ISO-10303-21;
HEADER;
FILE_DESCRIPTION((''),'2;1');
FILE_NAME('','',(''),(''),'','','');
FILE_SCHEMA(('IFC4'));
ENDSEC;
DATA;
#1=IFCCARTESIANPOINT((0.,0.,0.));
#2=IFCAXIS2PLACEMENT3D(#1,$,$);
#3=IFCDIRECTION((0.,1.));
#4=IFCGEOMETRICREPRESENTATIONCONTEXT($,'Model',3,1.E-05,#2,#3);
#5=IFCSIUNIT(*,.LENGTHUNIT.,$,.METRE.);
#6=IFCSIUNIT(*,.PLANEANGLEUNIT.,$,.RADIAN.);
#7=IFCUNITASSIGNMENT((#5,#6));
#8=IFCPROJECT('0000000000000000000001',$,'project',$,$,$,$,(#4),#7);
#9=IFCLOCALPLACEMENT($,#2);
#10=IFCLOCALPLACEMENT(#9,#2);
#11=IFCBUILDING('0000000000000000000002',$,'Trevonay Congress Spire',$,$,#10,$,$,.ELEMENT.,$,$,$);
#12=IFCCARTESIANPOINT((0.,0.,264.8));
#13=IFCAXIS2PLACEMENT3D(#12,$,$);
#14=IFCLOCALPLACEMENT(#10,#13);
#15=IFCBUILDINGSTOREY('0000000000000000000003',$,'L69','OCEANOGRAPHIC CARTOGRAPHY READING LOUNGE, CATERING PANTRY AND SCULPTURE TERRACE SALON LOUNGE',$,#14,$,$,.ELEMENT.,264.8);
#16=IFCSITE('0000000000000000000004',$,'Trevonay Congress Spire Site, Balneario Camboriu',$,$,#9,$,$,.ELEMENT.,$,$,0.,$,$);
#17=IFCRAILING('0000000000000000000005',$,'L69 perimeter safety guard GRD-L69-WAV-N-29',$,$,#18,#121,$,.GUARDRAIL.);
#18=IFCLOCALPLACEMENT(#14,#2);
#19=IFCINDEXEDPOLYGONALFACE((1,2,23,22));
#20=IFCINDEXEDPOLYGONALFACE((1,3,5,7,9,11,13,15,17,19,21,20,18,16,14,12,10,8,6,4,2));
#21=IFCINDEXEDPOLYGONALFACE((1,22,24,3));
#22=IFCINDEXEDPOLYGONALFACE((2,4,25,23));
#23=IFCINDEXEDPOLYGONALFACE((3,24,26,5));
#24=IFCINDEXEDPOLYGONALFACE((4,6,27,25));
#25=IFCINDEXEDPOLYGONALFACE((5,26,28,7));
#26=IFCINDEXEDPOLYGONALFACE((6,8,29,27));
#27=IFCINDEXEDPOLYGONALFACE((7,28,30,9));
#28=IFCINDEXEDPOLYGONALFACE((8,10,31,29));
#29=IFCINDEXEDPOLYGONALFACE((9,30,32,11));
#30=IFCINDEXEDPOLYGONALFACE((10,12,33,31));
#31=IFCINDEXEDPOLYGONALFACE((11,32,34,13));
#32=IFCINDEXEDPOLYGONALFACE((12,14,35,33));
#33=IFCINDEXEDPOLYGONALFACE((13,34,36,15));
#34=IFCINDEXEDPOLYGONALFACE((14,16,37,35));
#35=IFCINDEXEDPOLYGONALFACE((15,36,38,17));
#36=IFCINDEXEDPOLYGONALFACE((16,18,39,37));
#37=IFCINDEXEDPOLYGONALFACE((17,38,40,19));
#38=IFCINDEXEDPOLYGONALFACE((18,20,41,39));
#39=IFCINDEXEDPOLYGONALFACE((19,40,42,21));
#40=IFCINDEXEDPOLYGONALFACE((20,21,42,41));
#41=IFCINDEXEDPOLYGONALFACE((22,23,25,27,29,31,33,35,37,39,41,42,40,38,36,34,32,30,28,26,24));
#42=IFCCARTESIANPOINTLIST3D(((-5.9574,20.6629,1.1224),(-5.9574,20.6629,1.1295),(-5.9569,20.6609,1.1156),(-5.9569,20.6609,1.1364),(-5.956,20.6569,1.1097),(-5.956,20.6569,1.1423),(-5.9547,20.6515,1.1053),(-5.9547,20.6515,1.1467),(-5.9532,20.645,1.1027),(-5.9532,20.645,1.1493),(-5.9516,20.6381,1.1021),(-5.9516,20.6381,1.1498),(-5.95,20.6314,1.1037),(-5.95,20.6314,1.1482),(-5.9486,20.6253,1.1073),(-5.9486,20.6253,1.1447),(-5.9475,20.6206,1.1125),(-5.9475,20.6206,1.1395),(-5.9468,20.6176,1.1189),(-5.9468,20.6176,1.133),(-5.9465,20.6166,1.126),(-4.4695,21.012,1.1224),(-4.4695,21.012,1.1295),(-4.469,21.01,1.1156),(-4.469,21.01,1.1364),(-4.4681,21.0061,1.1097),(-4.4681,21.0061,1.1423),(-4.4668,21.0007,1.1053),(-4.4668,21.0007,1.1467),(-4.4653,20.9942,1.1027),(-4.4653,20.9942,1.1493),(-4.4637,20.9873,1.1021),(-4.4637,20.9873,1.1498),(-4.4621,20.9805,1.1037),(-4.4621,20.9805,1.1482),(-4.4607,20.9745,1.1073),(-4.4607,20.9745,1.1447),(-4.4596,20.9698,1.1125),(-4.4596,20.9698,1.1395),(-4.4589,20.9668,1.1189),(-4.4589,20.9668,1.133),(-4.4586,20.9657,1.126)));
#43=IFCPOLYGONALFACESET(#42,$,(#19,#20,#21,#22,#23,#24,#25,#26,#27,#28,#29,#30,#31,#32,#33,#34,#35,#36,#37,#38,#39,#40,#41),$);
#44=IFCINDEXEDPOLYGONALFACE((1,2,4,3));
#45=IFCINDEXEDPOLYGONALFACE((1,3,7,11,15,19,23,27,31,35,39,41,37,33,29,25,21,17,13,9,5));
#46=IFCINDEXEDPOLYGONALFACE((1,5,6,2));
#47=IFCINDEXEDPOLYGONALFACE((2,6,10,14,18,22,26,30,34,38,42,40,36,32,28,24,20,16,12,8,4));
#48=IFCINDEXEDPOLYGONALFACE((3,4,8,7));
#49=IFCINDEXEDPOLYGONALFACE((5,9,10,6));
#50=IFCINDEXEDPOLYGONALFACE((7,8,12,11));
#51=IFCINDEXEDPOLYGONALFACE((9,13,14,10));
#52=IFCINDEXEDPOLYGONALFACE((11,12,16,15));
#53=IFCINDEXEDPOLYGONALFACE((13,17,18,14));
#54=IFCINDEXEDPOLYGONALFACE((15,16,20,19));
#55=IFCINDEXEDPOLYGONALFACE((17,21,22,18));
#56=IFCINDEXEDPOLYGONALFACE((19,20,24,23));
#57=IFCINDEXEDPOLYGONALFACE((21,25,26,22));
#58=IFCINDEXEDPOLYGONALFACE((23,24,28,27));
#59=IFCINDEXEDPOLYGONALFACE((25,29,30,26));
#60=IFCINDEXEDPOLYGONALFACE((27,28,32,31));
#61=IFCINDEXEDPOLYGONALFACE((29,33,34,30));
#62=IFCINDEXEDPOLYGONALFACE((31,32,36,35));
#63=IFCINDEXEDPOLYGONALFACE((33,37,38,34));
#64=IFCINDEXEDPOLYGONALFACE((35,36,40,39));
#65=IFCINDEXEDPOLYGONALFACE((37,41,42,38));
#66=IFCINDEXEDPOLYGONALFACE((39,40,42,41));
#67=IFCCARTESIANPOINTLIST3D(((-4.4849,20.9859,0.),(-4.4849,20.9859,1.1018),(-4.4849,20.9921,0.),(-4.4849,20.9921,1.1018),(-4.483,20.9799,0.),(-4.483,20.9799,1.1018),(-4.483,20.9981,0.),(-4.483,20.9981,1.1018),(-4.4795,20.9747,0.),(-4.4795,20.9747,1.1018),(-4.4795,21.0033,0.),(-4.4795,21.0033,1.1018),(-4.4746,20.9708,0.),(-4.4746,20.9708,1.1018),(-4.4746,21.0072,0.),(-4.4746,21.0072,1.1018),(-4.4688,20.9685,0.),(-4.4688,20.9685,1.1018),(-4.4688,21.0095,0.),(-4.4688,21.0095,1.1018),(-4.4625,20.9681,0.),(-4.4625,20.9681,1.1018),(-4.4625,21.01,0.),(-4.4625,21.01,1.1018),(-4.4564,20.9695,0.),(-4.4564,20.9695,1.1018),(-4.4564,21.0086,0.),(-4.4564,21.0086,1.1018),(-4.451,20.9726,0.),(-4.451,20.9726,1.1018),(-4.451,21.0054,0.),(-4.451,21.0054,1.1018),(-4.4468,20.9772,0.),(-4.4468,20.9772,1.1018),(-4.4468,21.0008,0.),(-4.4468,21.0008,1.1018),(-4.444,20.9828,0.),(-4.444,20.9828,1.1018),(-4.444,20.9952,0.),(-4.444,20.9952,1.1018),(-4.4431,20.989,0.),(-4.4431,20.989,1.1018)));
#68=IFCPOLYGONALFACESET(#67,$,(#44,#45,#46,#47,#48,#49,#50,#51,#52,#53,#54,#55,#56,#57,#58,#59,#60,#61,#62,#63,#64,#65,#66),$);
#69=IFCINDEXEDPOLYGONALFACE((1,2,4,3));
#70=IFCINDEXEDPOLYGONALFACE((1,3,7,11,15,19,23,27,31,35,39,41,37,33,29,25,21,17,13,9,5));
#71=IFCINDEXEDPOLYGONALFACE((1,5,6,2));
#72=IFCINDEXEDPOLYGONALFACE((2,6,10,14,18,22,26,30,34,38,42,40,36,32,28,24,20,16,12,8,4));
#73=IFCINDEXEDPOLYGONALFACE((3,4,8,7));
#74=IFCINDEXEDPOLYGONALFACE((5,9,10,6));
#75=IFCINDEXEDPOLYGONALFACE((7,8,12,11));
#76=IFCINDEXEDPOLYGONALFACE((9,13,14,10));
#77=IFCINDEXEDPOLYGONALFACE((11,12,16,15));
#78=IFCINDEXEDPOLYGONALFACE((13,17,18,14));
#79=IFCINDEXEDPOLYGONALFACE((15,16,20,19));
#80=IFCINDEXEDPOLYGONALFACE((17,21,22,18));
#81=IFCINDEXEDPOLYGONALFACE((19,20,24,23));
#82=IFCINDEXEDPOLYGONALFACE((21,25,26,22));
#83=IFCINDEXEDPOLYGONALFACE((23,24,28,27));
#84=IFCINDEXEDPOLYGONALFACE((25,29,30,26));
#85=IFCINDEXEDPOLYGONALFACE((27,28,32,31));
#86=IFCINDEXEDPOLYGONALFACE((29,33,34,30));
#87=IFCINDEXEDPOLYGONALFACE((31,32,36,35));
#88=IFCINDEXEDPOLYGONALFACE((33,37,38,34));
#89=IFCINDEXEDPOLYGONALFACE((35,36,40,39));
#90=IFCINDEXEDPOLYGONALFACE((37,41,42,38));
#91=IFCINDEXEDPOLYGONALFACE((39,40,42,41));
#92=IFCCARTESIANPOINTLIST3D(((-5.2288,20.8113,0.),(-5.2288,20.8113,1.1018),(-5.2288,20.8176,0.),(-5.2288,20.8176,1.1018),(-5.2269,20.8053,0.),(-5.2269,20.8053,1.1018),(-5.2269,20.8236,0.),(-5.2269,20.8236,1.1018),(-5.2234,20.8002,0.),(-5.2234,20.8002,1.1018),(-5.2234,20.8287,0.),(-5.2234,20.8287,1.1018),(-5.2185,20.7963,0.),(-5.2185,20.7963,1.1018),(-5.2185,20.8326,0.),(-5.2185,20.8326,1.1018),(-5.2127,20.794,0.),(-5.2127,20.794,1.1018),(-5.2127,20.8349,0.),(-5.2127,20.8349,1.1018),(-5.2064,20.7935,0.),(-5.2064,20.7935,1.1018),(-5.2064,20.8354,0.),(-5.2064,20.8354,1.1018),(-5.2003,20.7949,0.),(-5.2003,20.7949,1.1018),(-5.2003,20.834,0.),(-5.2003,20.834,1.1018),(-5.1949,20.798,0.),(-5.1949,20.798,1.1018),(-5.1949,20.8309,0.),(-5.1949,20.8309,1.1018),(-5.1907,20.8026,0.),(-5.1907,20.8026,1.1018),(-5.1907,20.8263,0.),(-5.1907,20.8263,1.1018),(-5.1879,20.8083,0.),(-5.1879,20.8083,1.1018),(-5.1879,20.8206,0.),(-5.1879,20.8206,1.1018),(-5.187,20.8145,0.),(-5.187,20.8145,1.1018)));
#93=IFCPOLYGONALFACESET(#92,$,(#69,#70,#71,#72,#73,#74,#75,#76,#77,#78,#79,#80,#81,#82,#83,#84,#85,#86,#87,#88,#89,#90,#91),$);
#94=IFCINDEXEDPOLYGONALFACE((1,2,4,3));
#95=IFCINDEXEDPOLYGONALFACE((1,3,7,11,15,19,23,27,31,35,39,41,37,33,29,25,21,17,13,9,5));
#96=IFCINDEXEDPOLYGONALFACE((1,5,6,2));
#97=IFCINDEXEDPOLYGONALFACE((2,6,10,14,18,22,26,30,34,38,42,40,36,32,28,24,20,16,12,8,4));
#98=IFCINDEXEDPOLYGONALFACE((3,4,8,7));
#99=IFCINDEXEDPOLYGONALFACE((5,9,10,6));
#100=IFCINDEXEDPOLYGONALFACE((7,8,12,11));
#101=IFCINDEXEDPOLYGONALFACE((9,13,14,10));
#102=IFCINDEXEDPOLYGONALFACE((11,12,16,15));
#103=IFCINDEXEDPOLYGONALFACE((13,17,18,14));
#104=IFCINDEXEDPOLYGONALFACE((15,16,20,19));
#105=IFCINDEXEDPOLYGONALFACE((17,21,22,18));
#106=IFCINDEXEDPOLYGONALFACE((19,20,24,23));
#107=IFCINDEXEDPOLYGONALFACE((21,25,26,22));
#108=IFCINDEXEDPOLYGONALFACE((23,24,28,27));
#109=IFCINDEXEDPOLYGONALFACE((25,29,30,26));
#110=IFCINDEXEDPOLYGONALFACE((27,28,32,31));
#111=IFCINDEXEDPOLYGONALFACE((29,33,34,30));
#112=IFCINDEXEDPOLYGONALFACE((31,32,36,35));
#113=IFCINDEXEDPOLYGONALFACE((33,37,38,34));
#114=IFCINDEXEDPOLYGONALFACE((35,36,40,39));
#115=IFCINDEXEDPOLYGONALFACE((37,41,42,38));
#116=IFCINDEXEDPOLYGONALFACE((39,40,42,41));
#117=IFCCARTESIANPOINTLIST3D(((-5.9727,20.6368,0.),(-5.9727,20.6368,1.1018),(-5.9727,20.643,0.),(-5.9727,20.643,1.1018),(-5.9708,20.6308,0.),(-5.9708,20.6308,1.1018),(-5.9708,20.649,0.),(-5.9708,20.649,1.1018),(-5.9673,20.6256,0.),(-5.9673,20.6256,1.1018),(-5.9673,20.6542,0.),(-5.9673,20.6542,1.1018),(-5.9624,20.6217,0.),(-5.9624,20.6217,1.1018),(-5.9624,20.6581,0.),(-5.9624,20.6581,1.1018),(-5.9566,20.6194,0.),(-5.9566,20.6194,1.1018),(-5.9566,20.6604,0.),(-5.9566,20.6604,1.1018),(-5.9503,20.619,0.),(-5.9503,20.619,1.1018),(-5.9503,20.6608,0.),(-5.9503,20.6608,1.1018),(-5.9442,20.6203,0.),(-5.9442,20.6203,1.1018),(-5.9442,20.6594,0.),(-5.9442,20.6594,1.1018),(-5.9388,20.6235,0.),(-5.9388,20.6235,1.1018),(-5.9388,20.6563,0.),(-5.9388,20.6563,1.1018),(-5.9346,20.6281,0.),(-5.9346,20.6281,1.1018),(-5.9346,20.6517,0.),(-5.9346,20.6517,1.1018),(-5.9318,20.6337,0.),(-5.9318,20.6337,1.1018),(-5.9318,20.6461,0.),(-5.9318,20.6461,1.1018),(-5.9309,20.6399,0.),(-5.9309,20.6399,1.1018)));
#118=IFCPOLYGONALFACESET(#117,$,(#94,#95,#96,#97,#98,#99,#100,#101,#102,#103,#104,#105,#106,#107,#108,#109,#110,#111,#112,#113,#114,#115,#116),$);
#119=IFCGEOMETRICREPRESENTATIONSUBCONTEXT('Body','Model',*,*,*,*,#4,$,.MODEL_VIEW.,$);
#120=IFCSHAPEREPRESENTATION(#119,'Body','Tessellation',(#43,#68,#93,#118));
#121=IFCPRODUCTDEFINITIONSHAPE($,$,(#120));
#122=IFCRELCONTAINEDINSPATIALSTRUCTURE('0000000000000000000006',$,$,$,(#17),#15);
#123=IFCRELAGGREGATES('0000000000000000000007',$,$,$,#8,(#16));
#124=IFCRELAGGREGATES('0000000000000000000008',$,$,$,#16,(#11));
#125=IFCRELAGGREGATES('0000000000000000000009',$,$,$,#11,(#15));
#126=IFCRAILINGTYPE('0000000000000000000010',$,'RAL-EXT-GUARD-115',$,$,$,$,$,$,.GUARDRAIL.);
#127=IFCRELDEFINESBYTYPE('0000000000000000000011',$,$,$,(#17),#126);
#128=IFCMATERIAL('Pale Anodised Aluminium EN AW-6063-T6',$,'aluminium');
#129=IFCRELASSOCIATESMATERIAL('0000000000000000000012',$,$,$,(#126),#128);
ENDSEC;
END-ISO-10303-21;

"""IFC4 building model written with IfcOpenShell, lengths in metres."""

from ifc_helpers import new_model, si_unit, direction, frame, origin, origin_2d, place, context, subcontext, project, spatial, circle, extrude, material, type_object, element, save


model = new_model("IFC4")

# Units and contexts
model_context = context("Model", 3, precision=1e-05, world=origin(), true_north=direction((0.0, 1.0)))
body_context = subcontext(model_context, "Body", "Model", "MODEL_VIEW")
ifc_project = project(units=[si_unit("LENGTHUNIT", "METRE"), si_unit("PLANEANGLEUNIT", "RADIAN")], contexts=[model_context])

# Site, building, storey
site_placement = place(None, origin())
site = spatial("IfcSite", under=ifc_project, at=site_placement, Name="Trevonay Congress Spire Site, Balneario Camboriu", CompositionType="ELEMENT", RefElevation=0.0)
building_placement = place(site_placement, origin())
building = spatial("IfcBuilding", under=site, at=building_placement, Name="Trevonay Congress Spire", CompositionType="ELEMENT")
storey_placement = place(building_placement, frame((0.0, 0.0, 264.8)))
storey = spatial("IfcBuildingStorey", under=building, at=storey_placement, Name="L69", Description="OCEANOGRAPHIC CARTOGRAPHY READING LOUNGE, CATERING PANTRY AND SCULPTURE TERRACE SALON LOUNGE", CompositionType="ELEMENT", Elevation=264.8)

# Shared definitions
ifc_material_1 = material(Name="Pale Anodised Aluminium EN AW-6063-T6", Category="aluminium")

# Railing
railing_type = type_object("IfcRailingType", Name="RAL-EXT-GUARD-115", PredefinedType="GUARDRAIL", material=ifc_material_1)
railing_1_placement = place(storey_placement, frame((-4.4641, 20.989, 0.0)))
element("IfcRailing", 1, at=railing_1_placement, inside=storey, type_object=railing_type, Name="L69 perimeter safety guard GRD-L69-WAV-N-29", PredefinedType="GUARDRAIL", context=body_context, shape_type="SweptSolid", body=[
    extrude(circle(Radius=0.0239, at=origin_2d()), frame((0.0, 0.0, 1.126), z_axis=(-0.973555, -0.228452, 0.0), x_axis=(0.228452, -0.973555, 0.0)), (0.0, 0.0, 1.0), 1.5283),
    extrude(circle(Radius=0.021, at=origin_2d()), origin(), (0.0, 0.0, 1.0), 1.1018),
    extrude(circle(Radius=0.021, at=origin_2d()), frame((-0.7439, -0.1746, 0.0)), (0.0, 0.0, 1.0), 1.1018),
    extrude(circle(Radius=0.021, at=origin_2d()), frame((-1.4878, -0.3491, 0.0)), (0.0, 0.0, 1.0), 1.1018),
])

save(model, "model.ifc")
